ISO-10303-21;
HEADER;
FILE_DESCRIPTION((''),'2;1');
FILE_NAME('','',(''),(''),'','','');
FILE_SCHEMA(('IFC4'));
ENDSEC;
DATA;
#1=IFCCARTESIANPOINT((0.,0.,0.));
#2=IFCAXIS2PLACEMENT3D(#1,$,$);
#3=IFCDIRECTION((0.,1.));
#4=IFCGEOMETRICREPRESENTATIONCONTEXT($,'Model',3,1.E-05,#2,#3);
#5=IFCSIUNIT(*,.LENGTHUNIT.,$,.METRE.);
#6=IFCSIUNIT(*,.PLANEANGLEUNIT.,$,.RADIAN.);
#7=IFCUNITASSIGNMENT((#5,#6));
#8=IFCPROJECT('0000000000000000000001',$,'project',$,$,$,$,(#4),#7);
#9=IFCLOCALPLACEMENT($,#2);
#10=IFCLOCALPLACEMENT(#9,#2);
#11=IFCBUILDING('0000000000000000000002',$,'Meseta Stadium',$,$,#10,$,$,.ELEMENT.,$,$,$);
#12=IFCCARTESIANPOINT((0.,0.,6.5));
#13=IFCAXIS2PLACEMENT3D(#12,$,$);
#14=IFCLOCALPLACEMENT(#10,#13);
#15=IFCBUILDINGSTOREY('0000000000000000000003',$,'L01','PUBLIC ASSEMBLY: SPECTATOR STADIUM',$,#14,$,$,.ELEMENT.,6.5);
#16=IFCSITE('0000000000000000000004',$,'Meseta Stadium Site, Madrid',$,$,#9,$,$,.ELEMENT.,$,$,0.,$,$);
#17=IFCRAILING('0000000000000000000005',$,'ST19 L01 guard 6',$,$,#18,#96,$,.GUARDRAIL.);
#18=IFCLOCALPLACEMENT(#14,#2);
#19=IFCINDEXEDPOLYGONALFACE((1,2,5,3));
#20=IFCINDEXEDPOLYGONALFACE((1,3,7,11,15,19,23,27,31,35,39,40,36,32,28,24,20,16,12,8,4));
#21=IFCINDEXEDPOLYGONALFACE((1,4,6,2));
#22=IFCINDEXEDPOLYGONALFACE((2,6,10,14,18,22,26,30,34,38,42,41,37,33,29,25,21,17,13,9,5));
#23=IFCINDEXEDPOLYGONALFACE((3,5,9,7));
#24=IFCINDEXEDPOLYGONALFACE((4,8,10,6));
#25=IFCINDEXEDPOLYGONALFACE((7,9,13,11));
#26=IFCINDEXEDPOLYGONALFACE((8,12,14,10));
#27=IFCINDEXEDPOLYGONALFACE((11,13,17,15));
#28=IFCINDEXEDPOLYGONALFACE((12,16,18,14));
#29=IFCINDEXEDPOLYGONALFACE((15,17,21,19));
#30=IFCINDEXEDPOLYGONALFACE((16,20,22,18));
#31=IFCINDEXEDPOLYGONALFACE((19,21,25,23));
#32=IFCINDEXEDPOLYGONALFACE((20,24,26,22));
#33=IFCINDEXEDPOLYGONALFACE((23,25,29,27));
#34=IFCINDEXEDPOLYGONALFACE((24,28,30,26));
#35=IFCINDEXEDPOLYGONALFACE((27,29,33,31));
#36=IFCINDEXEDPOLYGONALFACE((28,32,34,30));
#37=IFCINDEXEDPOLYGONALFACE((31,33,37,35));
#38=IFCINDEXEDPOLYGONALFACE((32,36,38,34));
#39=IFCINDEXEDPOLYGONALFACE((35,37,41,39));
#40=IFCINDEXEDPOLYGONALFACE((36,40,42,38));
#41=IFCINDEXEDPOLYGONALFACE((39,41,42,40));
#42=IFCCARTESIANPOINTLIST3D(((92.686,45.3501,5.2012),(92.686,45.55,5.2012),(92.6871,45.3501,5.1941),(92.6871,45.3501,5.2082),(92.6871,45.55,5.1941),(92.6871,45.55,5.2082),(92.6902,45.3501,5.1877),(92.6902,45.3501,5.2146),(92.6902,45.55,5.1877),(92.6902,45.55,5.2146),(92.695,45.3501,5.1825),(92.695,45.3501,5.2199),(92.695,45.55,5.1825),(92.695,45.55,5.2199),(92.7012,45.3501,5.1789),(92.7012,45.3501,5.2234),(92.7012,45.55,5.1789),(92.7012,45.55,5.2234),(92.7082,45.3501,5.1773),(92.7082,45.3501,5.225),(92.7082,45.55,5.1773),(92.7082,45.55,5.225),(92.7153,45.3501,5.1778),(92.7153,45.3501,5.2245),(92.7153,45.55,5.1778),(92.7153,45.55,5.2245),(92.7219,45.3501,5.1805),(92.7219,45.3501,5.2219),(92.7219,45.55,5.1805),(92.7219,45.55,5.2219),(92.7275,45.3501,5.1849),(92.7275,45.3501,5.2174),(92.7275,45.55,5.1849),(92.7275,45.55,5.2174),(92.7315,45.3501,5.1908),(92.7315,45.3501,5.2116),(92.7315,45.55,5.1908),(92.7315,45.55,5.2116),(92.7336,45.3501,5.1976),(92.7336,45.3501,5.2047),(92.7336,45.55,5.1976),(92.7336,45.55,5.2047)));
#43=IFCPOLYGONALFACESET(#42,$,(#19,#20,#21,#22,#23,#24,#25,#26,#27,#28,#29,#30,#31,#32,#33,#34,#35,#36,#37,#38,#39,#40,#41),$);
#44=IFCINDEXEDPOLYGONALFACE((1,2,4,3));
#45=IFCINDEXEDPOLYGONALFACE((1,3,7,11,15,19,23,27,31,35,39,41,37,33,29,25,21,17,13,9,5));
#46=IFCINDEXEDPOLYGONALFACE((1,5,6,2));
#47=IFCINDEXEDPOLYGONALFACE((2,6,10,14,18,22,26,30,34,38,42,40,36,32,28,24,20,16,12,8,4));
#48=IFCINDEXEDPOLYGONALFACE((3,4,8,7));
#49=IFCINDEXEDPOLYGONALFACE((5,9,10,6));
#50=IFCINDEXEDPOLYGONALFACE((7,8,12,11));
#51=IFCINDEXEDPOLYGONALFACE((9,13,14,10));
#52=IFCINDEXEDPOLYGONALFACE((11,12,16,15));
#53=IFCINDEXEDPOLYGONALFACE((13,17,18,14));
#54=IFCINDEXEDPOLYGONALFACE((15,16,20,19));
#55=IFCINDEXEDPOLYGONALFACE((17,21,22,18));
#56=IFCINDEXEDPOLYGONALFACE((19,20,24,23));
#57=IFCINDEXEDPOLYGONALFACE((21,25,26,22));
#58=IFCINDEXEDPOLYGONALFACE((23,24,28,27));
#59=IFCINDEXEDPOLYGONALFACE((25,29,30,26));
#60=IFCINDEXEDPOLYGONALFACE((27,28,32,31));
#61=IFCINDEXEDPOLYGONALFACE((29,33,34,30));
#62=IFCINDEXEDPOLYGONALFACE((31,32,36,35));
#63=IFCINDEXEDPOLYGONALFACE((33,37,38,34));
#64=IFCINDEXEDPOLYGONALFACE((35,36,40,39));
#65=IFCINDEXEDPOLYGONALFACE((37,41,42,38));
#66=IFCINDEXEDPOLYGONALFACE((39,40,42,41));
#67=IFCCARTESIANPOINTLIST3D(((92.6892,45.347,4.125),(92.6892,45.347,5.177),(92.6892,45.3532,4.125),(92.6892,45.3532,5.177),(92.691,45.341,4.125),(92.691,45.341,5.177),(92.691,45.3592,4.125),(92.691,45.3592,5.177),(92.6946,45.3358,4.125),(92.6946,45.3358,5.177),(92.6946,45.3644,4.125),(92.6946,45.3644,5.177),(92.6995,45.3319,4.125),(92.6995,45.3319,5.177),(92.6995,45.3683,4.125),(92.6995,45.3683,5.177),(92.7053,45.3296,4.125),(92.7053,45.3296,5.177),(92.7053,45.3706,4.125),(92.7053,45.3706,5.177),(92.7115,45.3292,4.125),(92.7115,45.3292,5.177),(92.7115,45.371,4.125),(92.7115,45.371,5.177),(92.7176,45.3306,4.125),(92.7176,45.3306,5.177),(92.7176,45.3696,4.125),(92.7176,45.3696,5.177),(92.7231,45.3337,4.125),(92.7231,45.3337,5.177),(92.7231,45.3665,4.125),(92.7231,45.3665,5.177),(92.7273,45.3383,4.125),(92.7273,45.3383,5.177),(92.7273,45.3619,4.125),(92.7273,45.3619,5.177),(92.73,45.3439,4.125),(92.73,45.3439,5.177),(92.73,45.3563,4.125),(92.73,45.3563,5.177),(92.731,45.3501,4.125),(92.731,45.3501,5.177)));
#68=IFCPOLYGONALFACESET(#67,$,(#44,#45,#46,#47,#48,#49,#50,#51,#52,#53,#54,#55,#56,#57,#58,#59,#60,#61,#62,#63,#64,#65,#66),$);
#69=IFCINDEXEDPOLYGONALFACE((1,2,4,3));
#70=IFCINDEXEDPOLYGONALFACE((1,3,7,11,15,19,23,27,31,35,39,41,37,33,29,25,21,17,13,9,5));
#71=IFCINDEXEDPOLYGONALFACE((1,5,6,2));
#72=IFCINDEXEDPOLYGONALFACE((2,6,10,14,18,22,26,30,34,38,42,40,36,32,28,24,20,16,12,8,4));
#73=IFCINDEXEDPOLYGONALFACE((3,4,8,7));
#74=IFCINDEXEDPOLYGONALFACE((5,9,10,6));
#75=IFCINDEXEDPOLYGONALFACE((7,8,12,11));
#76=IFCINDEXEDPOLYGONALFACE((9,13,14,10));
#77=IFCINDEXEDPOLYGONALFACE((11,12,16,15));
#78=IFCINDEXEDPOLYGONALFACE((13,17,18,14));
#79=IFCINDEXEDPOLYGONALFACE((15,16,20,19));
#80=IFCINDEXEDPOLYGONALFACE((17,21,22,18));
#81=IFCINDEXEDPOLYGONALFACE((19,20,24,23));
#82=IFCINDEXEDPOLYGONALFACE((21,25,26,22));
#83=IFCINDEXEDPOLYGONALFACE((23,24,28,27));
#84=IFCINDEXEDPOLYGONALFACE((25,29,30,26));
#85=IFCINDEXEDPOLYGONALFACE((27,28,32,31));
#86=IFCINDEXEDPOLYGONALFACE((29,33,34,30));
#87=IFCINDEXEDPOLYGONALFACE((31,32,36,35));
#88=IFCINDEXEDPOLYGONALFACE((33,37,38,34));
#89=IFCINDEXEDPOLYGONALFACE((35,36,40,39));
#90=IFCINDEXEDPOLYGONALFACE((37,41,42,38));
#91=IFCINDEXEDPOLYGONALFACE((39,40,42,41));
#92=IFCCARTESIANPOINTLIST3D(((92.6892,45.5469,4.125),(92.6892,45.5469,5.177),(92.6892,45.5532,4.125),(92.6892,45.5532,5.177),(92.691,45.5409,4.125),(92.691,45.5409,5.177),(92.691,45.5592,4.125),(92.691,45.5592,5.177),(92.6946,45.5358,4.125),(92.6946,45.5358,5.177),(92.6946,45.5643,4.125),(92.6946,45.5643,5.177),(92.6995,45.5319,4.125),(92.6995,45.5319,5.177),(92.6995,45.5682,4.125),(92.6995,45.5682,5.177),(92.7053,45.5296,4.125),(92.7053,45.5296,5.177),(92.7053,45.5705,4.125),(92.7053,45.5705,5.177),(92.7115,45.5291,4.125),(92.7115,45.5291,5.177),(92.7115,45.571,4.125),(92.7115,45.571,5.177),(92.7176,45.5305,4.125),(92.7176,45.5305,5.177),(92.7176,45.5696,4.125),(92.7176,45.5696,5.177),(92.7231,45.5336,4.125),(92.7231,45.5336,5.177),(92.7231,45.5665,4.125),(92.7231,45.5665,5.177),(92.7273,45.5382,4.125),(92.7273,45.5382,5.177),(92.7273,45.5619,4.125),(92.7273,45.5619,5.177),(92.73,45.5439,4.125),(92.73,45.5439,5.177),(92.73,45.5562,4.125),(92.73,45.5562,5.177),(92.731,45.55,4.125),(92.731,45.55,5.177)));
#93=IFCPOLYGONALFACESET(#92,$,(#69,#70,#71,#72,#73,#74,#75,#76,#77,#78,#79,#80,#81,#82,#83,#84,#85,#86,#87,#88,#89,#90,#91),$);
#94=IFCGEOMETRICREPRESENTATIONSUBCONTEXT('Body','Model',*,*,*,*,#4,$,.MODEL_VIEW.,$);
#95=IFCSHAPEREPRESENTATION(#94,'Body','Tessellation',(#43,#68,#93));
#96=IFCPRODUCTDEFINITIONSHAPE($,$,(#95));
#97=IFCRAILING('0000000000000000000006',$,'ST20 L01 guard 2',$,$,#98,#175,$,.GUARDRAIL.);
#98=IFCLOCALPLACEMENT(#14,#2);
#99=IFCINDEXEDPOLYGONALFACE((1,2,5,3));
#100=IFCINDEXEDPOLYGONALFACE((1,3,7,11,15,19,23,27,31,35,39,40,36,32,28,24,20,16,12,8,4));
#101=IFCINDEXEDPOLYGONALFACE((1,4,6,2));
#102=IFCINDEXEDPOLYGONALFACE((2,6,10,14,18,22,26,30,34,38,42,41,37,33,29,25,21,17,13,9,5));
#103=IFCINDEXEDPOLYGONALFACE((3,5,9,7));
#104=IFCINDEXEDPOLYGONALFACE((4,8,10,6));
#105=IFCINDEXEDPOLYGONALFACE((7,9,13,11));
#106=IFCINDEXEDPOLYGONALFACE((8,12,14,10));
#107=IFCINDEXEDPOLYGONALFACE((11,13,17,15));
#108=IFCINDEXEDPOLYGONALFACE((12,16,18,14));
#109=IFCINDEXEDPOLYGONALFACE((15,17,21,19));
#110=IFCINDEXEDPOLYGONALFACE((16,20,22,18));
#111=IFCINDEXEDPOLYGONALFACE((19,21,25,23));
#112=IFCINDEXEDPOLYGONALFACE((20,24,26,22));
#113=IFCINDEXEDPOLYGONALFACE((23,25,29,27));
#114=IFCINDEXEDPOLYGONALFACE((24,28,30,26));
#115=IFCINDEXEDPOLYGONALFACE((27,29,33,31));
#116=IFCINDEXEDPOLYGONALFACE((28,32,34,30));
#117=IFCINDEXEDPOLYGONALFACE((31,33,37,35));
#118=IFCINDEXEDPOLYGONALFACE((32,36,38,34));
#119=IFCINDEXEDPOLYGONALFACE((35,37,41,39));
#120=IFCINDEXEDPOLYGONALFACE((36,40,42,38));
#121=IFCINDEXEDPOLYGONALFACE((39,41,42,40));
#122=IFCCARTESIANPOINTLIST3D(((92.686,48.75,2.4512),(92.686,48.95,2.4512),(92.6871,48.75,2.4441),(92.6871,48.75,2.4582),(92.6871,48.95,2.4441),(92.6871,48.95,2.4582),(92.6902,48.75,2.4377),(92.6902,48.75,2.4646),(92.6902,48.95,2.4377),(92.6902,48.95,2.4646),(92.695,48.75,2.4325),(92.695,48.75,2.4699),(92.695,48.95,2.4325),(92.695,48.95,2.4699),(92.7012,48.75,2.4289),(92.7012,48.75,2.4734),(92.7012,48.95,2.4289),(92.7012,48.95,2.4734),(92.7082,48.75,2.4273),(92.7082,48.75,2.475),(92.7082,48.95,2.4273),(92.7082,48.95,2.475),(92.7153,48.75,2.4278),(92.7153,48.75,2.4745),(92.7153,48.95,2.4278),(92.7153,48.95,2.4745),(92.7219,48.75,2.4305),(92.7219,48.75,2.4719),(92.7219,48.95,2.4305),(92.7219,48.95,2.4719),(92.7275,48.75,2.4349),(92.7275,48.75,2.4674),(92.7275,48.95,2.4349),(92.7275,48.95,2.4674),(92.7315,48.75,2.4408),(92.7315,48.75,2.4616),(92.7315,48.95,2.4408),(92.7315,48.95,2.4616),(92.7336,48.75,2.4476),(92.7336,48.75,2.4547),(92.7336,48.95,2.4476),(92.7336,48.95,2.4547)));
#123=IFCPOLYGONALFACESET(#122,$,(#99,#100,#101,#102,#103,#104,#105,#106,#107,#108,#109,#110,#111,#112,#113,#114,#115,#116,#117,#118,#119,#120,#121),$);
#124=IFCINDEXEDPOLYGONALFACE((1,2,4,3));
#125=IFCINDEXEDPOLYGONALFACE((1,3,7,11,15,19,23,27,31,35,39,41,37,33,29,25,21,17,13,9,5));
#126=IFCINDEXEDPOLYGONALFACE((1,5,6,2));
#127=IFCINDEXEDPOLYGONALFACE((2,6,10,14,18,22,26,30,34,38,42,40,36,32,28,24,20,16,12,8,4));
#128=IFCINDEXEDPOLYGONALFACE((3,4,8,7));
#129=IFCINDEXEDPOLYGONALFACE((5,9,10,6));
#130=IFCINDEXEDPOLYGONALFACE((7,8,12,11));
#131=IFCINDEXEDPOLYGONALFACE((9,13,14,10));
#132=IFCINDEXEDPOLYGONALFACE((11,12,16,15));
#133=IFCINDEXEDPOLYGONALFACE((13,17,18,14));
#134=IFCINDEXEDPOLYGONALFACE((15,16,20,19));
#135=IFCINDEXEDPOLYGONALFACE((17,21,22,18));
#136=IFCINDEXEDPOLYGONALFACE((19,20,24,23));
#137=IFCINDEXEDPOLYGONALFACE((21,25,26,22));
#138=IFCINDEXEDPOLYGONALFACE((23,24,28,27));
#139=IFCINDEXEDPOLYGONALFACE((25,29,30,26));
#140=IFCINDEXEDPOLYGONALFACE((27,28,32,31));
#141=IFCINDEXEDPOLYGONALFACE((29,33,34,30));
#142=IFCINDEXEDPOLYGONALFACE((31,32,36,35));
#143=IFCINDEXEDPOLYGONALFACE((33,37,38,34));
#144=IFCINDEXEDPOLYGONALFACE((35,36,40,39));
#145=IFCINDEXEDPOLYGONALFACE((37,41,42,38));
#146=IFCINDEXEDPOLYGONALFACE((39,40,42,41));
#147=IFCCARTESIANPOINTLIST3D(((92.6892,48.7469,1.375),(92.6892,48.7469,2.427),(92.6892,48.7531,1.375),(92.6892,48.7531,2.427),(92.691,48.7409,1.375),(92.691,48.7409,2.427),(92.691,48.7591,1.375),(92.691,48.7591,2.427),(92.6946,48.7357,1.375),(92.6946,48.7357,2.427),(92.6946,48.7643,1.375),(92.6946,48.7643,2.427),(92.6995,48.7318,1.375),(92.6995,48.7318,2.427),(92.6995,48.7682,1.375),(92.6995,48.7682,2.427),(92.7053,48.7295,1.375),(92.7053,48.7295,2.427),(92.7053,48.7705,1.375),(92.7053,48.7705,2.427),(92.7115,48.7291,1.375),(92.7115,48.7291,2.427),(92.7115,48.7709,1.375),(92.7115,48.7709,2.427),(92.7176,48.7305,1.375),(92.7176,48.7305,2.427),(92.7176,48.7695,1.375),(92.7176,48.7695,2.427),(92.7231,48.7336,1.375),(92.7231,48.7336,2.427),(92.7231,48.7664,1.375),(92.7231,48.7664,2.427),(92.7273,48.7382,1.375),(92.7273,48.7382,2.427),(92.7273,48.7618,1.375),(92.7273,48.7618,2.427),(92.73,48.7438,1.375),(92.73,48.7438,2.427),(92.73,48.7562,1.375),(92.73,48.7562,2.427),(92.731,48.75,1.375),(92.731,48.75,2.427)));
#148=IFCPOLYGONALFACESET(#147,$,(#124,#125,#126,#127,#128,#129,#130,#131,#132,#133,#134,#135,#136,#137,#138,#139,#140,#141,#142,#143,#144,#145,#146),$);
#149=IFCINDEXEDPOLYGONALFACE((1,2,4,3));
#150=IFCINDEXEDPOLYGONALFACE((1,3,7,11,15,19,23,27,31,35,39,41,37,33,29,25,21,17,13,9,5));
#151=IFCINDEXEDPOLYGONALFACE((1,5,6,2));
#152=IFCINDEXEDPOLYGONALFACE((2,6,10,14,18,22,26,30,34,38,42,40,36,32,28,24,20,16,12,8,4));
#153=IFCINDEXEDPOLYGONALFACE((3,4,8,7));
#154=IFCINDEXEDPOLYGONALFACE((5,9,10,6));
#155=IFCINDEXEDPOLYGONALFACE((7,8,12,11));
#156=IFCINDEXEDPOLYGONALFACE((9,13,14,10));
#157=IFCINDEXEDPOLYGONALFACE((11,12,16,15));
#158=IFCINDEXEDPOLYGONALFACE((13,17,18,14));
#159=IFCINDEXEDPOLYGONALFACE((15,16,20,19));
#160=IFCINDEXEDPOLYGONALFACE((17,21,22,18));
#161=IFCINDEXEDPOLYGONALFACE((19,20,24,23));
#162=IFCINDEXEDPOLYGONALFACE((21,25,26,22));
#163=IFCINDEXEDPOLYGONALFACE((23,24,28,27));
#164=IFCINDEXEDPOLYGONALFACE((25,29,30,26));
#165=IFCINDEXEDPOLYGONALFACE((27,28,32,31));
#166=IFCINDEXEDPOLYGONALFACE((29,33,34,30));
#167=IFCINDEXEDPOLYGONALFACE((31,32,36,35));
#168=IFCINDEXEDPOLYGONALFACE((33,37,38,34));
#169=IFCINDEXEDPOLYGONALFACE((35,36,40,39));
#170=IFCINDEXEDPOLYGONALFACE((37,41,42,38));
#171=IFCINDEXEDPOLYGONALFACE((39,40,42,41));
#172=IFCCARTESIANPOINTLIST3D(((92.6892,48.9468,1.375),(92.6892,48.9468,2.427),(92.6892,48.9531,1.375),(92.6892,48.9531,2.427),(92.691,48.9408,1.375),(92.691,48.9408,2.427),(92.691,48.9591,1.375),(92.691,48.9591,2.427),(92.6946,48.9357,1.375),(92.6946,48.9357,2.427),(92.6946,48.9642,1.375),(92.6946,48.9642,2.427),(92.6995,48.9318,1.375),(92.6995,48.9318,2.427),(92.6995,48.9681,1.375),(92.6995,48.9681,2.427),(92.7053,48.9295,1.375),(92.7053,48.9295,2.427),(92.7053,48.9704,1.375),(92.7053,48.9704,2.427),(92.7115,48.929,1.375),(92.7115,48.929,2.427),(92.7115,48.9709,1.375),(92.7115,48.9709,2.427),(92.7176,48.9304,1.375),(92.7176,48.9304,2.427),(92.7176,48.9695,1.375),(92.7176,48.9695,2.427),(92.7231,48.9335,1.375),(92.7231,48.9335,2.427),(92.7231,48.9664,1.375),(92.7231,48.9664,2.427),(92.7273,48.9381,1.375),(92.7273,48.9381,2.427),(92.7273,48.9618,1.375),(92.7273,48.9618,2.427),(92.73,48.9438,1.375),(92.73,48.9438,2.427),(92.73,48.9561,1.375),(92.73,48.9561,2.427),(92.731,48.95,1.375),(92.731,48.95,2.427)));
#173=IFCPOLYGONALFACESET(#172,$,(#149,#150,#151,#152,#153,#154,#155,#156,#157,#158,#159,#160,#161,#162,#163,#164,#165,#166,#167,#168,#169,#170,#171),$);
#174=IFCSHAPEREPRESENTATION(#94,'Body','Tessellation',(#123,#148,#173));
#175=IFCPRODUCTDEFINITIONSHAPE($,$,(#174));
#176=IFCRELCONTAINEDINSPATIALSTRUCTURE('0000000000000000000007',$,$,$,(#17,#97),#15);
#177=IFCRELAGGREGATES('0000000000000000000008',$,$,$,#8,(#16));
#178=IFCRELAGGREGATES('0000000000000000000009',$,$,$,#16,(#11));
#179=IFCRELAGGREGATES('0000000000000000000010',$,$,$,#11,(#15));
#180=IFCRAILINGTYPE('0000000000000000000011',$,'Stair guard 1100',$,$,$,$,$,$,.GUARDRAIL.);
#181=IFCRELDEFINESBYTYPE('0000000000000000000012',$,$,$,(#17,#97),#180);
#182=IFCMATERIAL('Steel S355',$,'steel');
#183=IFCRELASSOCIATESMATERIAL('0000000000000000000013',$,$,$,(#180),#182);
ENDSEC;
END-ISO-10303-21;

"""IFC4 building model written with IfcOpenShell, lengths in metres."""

from ifc_helpers import new_model, si_unit, direction, frame, origin, origin_2d, place, context, subcontext, project, spatial, circle, extrude, material, type_object, element, save


model = new_model("IFC4")

# Units and contexts
model_context = context("Model", 3, precision=1e-05, world=origin(), true_north=direction((0.0, 1.0)))
body_context = subcontext(model_context, "Body", "Model", "MODEL_VIEW")
ifc_project = project(units=[si_unit("LENGTHUNIT", "METRE"), si_unit("PLANEANGLEUNIT", "RADIAN")], contexts=[model_context])

# Site, building, storey
site_placement = place(None, origin())
site = spatial("IfcSite", under=ifc_project, at=site_placement, Name="Meseta Stadium Site, Madrid", CompositionType="ELEMENT", RefElevation=0.0)
building_placement = place(site_placement, origin())
building = spatial("IfcBuilding", under=site, at=building_placement, Name="Meseta Stadium", CompositionType="ELEMENT")
storey_placement = place(building_placement, frame((0.0, 0.0, 6.5)))
storey = spatial("IfcBuildingStorey", under=building, at=storey_placement, Name="L01", Description="PUBLIC ASSEMBLY: SPECTATOR STADIUM", CompositionType="ELEMENT", Elevation=6.5)

# Railings
ifc_material_1 = material(Name="Steel S355", Category="steel")
railing_type_1 = type_object("IfcRailingType", Name="Stair guard 1100", PredefinedType="GUARDRAIL", material=ifc_material_1)
for number, where, name in (
    (1, (92.71, 45.3501, 4.125), "ST19 L01 guard 6"),
    (2, (92.71, 48.75, 1.375), "ST20 L01 guard 2"),
):
    element("IfcRailing", number, at=place(storey_placement, frame(where)), inside=storey, type_object=railing_type_1, Name=name, PredefinedType="GUARDRAIL", context=body_context, shape_type="SweptSolid", body=[
        extrude(circle(Radius=0.0239, at=origin_2d()), frame((0.0, 0.0, 1.0762), z_axis=(0.0, 1.0, 0.0), x_axis=(-1.0, 0.0, 0.0)), (0.0, 0.0, 1.0), 0.2),
        extrude(circle(Radius=0.021, at=origin_2d()), origin(), (0.0, 0.0, 1.0), 1.052),
        extrude(circle(Radius=0.021, at=origin_2d()), frame((0.0, 0.2, 0.0)), (0.0, 0.0, 1.0), 1.052),
    ])

save(model, "model.ifc")
